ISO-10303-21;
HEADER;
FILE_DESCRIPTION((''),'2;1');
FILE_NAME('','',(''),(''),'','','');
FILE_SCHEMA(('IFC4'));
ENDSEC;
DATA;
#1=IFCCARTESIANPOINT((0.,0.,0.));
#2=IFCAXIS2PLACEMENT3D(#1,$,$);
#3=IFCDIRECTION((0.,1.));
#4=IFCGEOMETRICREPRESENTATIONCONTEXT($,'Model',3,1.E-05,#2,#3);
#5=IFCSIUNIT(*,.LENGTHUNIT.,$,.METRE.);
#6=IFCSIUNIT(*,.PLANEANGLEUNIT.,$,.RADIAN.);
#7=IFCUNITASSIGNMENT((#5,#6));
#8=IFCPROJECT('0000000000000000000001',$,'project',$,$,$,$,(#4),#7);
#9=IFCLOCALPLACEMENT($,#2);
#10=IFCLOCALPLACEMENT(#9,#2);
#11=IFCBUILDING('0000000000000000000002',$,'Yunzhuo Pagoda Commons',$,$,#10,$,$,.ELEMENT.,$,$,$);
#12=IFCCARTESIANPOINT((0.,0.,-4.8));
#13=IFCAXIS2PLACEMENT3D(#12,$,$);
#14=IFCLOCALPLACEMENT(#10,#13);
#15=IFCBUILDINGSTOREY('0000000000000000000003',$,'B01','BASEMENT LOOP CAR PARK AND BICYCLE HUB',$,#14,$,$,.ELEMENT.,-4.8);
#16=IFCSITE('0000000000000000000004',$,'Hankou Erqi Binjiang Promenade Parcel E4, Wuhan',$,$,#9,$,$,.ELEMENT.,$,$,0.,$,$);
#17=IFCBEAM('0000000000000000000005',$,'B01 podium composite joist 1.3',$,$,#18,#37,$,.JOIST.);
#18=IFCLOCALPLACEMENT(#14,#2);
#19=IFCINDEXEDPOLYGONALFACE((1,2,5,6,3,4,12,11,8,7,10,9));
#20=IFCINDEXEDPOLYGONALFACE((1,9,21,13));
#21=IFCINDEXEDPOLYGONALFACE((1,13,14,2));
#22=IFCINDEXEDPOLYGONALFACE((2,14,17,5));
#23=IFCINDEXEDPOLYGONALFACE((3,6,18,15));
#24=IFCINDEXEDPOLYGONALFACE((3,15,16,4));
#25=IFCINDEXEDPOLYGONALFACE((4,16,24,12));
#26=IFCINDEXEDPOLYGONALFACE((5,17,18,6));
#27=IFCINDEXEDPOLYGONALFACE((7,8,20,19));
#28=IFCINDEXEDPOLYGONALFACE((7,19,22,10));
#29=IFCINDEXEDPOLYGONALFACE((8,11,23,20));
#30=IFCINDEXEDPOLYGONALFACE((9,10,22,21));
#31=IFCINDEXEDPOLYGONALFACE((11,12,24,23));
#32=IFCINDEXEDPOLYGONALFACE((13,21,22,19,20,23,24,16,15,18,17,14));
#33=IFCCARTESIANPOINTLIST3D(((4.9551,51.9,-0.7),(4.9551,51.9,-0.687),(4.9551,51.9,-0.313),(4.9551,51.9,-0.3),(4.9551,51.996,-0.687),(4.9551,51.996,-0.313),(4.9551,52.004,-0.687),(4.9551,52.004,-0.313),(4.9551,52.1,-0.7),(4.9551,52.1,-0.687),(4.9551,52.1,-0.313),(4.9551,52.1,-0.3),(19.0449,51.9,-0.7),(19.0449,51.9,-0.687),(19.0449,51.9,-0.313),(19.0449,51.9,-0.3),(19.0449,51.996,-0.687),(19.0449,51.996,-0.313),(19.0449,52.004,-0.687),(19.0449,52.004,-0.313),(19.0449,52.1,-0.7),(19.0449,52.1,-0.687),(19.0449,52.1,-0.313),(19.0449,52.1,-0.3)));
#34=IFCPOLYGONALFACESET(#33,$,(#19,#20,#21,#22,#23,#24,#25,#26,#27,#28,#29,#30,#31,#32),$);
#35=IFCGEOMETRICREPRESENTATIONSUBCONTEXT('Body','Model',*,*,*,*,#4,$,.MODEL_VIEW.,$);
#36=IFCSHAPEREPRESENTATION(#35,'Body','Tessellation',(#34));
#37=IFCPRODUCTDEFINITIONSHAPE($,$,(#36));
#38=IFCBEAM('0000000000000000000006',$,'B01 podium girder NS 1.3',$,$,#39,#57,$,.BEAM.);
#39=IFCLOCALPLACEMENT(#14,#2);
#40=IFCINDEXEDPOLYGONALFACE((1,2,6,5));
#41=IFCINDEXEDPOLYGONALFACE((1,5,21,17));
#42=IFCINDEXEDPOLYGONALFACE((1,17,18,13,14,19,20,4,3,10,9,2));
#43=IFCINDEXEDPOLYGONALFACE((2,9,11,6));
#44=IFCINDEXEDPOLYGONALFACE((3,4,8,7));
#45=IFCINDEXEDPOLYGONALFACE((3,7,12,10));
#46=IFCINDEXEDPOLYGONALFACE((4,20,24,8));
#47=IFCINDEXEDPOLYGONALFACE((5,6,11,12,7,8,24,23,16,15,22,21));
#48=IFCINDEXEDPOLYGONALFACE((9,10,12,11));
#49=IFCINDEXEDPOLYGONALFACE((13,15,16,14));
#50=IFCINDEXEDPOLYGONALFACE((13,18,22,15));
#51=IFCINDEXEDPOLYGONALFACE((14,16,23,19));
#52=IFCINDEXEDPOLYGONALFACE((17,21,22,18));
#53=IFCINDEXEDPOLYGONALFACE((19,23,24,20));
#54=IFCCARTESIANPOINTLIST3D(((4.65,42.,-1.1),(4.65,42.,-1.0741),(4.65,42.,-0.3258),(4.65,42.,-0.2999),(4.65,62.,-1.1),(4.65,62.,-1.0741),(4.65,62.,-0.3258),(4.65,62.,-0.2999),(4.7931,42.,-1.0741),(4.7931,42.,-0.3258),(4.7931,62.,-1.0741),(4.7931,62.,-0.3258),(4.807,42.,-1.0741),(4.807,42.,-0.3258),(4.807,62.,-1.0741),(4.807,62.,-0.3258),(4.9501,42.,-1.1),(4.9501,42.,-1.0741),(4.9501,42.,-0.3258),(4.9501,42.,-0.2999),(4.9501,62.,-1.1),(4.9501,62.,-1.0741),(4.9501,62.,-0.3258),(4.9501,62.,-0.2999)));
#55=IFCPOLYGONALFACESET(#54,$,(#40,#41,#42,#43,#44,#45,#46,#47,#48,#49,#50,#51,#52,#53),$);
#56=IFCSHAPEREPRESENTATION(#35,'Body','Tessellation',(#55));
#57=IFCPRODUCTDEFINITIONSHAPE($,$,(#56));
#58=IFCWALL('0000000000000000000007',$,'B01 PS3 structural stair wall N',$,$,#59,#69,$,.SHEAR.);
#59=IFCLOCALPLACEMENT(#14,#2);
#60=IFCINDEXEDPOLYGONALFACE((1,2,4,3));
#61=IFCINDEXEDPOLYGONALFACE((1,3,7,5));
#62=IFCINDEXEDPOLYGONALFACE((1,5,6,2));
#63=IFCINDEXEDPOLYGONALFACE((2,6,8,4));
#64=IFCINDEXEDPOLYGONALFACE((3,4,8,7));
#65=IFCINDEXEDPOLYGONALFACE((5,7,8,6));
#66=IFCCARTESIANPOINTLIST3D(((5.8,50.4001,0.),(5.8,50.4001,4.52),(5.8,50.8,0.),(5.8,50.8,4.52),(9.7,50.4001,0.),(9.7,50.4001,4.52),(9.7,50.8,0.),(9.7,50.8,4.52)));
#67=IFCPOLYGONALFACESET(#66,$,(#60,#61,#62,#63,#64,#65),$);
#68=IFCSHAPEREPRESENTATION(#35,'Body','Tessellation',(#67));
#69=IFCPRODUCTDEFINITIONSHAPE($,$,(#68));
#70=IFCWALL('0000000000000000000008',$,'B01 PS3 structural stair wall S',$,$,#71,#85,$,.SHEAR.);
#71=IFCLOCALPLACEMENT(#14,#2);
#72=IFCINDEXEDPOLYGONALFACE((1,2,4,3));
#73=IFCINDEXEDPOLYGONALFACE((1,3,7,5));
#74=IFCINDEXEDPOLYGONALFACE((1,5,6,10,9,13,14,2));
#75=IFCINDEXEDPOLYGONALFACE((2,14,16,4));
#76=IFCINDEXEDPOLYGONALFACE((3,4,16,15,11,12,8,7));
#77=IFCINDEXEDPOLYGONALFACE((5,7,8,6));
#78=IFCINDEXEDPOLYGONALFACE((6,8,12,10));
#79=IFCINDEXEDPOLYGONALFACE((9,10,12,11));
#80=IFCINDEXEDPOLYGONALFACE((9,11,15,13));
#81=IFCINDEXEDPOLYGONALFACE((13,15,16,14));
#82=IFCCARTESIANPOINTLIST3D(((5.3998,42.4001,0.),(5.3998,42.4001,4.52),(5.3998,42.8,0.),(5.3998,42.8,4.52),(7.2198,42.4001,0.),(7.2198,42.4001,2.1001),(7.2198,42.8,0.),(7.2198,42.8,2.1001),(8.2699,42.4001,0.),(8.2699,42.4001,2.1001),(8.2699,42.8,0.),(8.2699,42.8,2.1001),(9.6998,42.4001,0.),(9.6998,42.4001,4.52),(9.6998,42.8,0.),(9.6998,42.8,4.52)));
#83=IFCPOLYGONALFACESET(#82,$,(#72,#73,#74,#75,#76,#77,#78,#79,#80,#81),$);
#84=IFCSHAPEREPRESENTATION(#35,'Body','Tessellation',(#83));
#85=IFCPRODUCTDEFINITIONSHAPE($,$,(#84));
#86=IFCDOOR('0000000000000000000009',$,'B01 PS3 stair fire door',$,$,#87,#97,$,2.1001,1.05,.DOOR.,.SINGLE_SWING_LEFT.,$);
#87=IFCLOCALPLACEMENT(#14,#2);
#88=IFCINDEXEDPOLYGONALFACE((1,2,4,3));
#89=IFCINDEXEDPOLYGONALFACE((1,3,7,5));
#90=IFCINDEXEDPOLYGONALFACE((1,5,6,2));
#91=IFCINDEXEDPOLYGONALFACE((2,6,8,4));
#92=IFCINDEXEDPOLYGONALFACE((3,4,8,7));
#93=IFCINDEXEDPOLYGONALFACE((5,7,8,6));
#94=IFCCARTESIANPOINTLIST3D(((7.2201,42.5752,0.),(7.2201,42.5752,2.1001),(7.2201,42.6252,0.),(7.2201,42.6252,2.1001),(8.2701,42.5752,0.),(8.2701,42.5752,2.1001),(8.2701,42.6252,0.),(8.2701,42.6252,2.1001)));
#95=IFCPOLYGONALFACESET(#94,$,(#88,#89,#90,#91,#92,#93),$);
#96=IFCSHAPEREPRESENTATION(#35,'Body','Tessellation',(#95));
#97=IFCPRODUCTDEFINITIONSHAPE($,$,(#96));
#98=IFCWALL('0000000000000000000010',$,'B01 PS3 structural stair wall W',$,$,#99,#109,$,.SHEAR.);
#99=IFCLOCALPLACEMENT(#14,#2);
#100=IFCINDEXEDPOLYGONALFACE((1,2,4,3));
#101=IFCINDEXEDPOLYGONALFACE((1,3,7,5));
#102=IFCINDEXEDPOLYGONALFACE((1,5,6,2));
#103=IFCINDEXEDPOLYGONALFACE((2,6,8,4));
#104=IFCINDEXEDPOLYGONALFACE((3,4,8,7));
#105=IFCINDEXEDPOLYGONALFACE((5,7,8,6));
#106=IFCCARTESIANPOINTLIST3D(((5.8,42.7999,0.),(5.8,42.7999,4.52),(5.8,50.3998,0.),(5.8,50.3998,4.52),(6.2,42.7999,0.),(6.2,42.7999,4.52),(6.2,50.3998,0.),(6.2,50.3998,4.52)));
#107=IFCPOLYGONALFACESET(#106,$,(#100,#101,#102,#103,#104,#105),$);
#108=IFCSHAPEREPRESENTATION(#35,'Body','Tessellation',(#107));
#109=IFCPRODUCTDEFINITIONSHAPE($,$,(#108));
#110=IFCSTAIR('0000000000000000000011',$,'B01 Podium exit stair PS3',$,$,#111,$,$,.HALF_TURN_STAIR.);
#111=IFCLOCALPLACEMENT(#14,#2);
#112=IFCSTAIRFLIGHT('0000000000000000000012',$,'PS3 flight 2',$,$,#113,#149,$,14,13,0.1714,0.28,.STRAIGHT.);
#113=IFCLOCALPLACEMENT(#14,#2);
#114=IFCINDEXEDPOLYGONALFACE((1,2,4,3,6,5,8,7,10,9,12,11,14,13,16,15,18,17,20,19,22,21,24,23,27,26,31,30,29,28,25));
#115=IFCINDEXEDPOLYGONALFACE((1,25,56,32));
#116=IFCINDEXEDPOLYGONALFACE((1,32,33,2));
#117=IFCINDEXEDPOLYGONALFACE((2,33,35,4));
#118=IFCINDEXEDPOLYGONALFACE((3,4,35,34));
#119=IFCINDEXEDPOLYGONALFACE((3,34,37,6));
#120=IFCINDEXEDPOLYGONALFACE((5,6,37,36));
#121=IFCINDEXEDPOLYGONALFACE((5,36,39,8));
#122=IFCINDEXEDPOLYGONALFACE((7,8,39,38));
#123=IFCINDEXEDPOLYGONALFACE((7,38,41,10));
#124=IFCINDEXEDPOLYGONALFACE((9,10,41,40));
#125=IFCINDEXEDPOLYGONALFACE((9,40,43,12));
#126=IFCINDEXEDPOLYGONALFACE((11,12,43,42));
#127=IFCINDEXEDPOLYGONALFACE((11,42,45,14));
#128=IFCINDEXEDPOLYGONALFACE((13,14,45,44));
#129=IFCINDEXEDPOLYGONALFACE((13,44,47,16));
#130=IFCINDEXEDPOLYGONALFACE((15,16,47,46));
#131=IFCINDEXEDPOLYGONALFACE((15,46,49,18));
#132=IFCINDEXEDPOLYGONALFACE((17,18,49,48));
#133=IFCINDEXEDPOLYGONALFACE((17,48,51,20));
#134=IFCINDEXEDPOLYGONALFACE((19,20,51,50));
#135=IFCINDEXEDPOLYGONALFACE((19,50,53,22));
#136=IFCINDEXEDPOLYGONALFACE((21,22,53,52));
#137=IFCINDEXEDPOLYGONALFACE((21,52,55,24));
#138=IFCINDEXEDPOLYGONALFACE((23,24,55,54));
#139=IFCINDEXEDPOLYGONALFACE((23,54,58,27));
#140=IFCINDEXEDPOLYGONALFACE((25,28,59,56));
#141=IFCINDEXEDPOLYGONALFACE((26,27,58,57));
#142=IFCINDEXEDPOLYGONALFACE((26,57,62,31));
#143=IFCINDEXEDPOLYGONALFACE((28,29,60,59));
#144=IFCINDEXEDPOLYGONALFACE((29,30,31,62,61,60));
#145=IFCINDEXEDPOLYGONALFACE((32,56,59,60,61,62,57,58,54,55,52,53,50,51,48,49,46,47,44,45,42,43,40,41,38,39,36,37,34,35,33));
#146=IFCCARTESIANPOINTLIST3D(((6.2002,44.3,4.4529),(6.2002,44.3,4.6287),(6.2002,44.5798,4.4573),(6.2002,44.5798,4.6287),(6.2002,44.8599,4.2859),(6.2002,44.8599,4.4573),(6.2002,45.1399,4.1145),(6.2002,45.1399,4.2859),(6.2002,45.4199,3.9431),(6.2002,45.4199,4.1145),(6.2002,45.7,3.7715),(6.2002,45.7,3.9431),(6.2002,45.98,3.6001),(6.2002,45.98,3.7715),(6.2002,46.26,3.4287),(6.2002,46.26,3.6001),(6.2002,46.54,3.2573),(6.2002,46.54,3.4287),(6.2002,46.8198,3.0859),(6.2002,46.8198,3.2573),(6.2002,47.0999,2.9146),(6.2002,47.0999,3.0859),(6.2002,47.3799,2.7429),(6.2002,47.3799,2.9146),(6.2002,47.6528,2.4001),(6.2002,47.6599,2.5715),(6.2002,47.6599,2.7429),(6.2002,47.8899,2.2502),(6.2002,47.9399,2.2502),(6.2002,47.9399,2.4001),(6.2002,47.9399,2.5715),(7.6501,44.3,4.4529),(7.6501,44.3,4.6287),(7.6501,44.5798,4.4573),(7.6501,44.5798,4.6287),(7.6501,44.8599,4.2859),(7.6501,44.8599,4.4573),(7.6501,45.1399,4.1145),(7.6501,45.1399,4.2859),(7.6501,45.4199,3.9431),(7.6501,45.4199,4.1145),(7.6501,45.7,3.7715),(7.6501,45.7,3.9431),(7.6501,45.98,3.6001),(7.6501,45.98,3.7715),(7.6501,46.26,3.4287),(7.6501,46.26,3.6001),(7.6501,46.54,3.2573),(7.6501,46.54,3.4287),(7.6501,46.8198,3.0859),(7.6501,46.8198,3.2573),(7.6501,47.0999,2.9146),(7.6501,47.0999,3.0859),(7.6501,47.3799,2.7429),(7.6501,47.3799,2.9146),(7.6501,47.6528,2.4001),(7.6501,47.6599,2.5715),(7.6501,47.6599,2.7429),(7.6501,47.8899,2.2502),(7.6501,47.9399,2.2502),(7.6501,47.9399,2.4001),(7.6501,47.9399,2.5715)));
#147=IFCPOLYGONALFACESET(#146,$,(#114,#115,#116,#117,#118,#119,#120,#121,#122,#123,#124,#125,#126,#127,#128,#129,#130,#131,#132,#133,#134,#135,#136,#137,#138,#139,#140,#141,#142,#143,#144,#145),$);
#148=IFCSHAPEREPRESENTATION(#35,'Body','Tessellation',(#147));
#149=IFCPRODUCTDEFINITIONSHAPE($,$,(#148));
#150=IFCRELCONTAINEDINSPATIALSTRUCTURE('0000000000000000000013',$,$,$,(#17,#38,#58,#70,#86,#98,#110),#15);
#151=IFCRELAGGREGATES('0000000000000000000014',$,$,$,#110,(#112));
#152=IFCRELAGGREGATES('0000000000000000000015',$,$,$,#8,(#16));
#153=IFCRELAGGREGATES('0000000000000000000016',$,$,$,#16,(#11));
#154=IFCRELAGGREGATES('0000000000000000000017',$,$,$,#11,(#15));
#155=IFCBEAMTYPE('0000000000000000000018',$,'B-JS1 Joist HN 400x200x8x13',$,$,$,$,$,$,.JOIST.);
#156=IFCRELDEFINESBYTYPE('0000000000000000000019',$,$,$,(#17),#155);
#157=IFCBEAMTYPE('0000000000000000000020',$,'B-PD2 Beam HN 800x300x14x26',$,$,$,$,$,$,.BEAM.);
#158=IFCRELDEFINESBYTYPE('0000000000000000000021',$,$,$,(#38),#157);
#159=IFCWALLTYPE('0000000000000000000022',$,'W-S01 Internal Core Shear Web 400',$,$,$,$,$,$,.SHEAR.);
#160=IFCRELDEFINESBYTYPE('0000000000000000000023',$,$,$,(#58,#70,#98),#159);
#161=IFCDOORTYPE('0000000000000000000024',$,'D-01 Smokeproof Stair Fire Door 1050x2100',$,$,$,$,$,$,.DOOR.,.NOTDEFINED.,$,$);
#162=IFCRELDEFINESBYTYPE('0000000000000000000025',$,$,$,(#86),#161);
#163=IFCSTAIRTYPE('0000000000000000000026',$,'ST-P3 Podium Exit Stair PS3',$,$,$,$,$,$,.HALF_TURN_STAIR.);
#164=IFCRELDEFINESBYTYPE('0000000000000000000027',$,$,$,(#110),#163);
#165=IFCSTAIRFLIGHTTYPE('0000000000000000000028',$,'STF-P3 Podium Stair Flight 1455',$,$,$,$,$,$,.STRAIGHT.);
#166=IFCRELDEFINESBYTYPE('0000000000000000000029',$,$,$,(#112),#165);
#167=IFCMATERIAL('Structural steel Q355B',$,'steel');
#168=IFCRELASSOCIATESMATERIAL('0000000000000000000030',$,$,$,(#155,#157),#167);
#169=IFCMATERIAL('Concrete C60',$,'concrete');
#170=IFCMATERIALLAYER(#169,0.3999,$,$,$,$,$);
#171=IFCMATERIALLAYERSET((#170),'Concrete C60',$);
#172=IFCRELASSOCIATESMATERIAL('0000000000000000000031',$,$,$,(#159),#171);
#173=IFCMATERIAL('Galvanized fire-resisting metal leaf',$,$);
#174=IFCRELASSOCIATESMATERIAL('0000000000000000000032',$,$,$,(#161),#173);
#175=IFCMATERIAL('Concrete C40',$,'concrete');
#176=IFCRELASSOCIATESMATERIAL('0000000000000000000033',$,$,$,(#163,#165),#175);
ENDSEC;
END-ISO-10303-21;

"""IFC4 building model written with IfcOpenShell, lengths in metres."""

from ifc_helpers import new_model, si_unit, direction, frame, frame_2d, origin, origin_2d, place, context, subcontext, project, spatial, polyline, rectangle, i_section, outline, extrude, source, transform, mapped, material, layer, layer_set, material_profile, profile_set, type_object, element, fill, aggregate, save


model = new_model("IFC4")

# Units and contexts
model_context = context("Model", 3, precision=1e-05, world=origin(), true_north=direction((0.0, 1.0)))
body_context = subcontext(model_context, "Body", "Model", "MODEL_VIEW")
ifc_project = project(units=[si_unit("LENGTHUNIT", "METRE"), si_unit("PLANEANGLEUNIT", "RADIAN")], contexts=[model_context])

# Site, building, storey
site_placement = place(None, origin())
site = spatial("IfcSite", under=ifc_project, at=site_placement, Name="Hankou Erqi Binjiang Promenade Parcel E4, Wuhan", CompositionType="ELEMENT", RefElevation=0.0)
building_placement = place(site_placement, origin())
building = spatial("IfcBuilding", under=site, at=building_placement, Name="Yunzhuo Pagoda Commons", CompositionType="ELEMENT")
storey_placement = place(building_placement, frame((0.0, 0.0, -4.8)))
storey = spatial("IfcBuildingStorey", under=building, at=storey_placement, Name="B01", Description="BASEMENT LOOP CAR PARK AND BICYCLE HUB", CompositionType="ELEMENT", Elevation=-4.8)

# Shared definitions
ifc_material_1 = material(Name="Concrete C40", Category="concrete")

# Beams
ifc_material_2 = material(Name="Structural steel Q355B", Category="steel")
ifc_material_profile_1 = material_profile(ifc_material_2, i_section(OverallWidth=0.2, OverallDepth=0.3999, WebThickness=0.0081, FlangeThickness=0.0129, at=origin_2d()), Name="Structural steel Q355B")
ifc_profile_set_1 = profile_set([ifc_material_profile_1], Name="Structural steel Q355B")
beam_type_1 = type_object("IfcBeamType", Name="B-JS1 Joist HN 400x200x8x13", PredefinedType="JOIST", material=ifc_profile_set_1)
shared_shape_1 = source(origin(), body_context, "Body", "SweptSolid", [
    extrude(i_section(OverallWidth=0.2, OverallDepth=0.3999, WebThickness=0.0081, FlangeThickness=0.0129, at=origin_2d()), origin(), (0.0, 0.0, 1.0), 14.0898),
])
beam_1_placement = place(storey_placement, frame((4.9551, 52.0, -0.5), z_axis=(1.0, 0.0, 0.0), x_axis=(0.0, 1.0, 0.0)))
element("IfcBeam", 1, at=beam_1_placement, inside=storey, type_object=beam_type_1, Name="B01 podium composite joist 1.3", PredefinedType="JOIST", context=body_context, shape_type="MappedRepresentation", body=[
    mapped(shared_shape_1, transform((0.0, 0.0, 0.0), scale=1.0)),
])
ifc_material_profile_2 = material_profile(ifc_material_2, i_section(OverallWidth=0.3, OverallDepth=0.8, WebThickness=0.0139, FlangeThickness=0.0259, at=origin_2d()), Name="Structural steel Q355B")
ifc_profile_set_2 = profile_set([ifc_material_profile_2], Name="Structural steel Q355B")
beam_type_2 = type_object("IfcBeamType", Name="B-PD2 Beam HN 800x300x14x26", PredefinedType="BEAM", material=ifc_profile_set_2)
shared_shape_2 = source(origin(), body_context, "Body", "SweptSolid", [
    extrude(i_section(OverallWidth=0.3, OverallDepth=0.8, WebThickness=0.0139, FlangeThickness=0.0259, at=origin_2d()), origin(), (0.0, 0.0, 1.0), 20.0),
])
beam_2_placement = place(storey_placement, frame((4.8, 42.0, -0.7), z_axis=(0.0, 1.0, 0.0), x_axis=(-1.0, 0.0, 0.0)))
element("IfcBeam", 2, at=beam_2_placement, inside=storey, type_object=beam_type_2, Name="B01 podium girder NS 1.3", PredefinedType="BEAM", context=body_context, shape_type="MappedRepresentation", body=[
    mapped(shared_shape_2, transform((0.0, 0.0, 0.0), scale=1.0)),
])

# Wall
ifc_material_3 = material(Name="Concrete C60", Category="concrete")
ifc_layer_1 = layer(ifc_material_3, 0.3999)
ifc_layer_set_1 = layer_set([ifc_layer_1], Name="Concrete C60")
wall_type = type_object("IfcWallType", Name="W-S01 Internal Core Shear Web 400", PredefinedType="SHEAR", material=ifc_layer_set_1)
wall_1_placement = place(storey_placement, frame((5.8, 50.6001, 0.0), z_axis=(0.0, 0.0, 1.0), x_axis=(1.0, 0.0, 0.0)))
element("IfcWall", 3, at=wall_1_placement, inside=storey, type_object=wall_type, Name="B01 PS3 structural stair wall N", PredefinedType="SHEAR", context=body_context, shape_type="SweptSolid", body=[
    extrude(rectangle(XDim=3.8999, YDim=0.3999, at=frame_2d((1.95, 0.0))), origin(), (0.0, 0.0, 1.0), 4.52),
])

# Wall, opening, door
wall_2_placement = place(storey_placement, frame((5.3999, 42.6001, 0.0), z_axis=(0.0, 0.0, 1.0), x_axis=(1.0, 0.0, 0.0)))
wall_2 = element("IfcWall", 4, at=wall_2_placement, inside=storey, type_object=wall_type, Name="B01 PS3 structural stair wall S", PredefinedType="SHEAR", context=body_context, shape_type="SweptSolid", body=[
    extrude(rectangle(XDim=4.3, YDim=0.3999, at=frame_2d((2.1499, 0.0))), origin(), (0.0, 0.0, 1.0), 4.52),
])
opening_placement = place(wall_2_placement, frame((1.8201, 0.0, 0.0)))
opening = element("IfcOpeningElement", 5, at=opening_placement, cuts=wall_2, PredefinedType="OPENING", context=body_context, shape_type="SweptSolid", body=[
    extrude(rectangle(XDim=1.05, YDim=2.1001, at=frame_2d((0.5249, 1.05))), frame((0.0, 0.21, 0.0), z_axis=(0.0, -1.0, 0.0), x_axis=(1.0, 0.0, 0.0)), (0.0, 0.0, 1.0), 0.4199),
])
ifc_material_4 = material(Name="Galvanized fire-resisting metal leaf")
door_type = type_object("IfcDoorType", Name="D-01 Smokeproof Stair Fire Door 1050x2100", OperationType="NOTDEFINED", PredefinedType="DOOR", material=ifc_material_4)
shared_shape_3 = source(origin(), body_context, "Body", "SweptSolid", [
    extrude(rectangle(XDim=1.05, YDim=2.1001, at=frame_2d((0.5249, 1.05))), frame((0.0, 0.0249, 0.0), z_axis=(0.0, -1.0, 0.0), x_axis=(1.0, 0.0, 0.0)), (0.0, 0.0, 1.0), 0.05),
])
door_placement = place(opening_placement, frame((1.05, 0.0, 0.0), z_axis=(0.0, 0.0, 1.0), x_axis=(-1.0, 0.0, 0.0)))
door = element("IfcDoor", 6, at=door_placement, inside=storey, type_object=door_type, Name="B01 PS3 stair fire door", OperationType="SINGLE_SWING_LEFT", OverallHeight=2.1001, OverallWidth=1.05, PredefinedType="DOOR", context=body_context, shape_type="MappedRepresentation", body=[
    mapped(shared_shape_3, transform((0.0, 0.0, 0.0), scale=1.0)),
])
fill(opening, door)

# Wall
wall_3_placement = place(storey_placement, frame((6.0, 42.8, 0.0), z_axis=(0.0, 0.0, 1.0), x_axis=(0.0, 1.0, 0.0)))
element("IfcWall", 7, at=wall_3_placement, inside=storey, type_object=wall_type, Name="B01 PS3 structural stair wall W", PredefinedType="SHEAR", context=body_context, shape_type="SweptSolid", body=[
    extrude(rectangle(XDim=7.5999, YDim=0.3999, at=frame_2d((3.7998, 0.0))), origin(), (0.0, 0.0, 1.0), 4.52),
])

# Stair, stair flight
stair_type = type_object("IfcStairType", Name="ST-P3 Podium Exit Stair PS3", PredefinedType="HALF_TURN_STAIR", material=ifc_material_1)
stair_placement = place(storey_placement, origin())
stair = element("IfcStair", 8, at=stair_placement, inside=storey, type_object=stair_type, Name="B01 Podium exit stair PS3", PredefinedType="HALF_TURN_STAIR")
stair_flight_type = type_object("IfcStairFlightType", Name="STF-P3 Podium Stair Flight 1455", PredefinedType="STRAIGHT", material=ifc_material_1)
shared_shape_4 = source(origin(), body_context, "Body", "SweptSolid", [
    extrude(outline(polyline([(0.0, -0.1499), (0.0, 0.0), (0.0, 0.1714), (0.28, 0.1714), (0.28, 0.3428), (0.5601, 0.3428), (0.5601, 0.5144), (0.8401, 0.5144), (0.8401, 0.6858), (1.1201, 0.6858), (1.1201, 0.8572), (1.3999, 0.8572), (1.3999, 1.0286), (1.6799, 1.0286), (1.6799, 1.2), (1.96, 1.2), (1.96, 1.3713), (2.24, 1.3713), (2.24, 1.543), (2.52, 1.543), (2.52, 1.7144), (2.8, 1.7144), (2.8, 1.8857), (3.0801, 1.8857), (3.0801, 2.0571), (3.3601, 2.0571), (3.3601, 2.2285), (3.6399, 2.2285), (3.6399, 2.3999), (3.6399, 2.0527), (0.2871, 0.0), (0.05, -0.1499), (0.0, -0.1499)])), frame((0.0, 0.7251, 0.0), z_axis=(0.0, -1.0, 0.0), x_axis=(1.0, 0.0, 0.0)), (0.0, 0.0, 1.0), 1.45),
])
stair_flight_placement = place(storey_placement, frame((6.925, 47.9399, 2.4001), z_axis=(0.0, 0.0, 1.0), x_axis=(0.0, -1.0, 0.0)))
stair_flight = element("IfcStairFlight", 9, at=stair_flight_placement, type_object=stair_flight_type, Name="PS3 flight 2", NumberOfRisers=14, NumberOfTreads=13, PredefinedType="STRAIGHT", RiserHeight=0.1714, TreadLength=0.28, context=body_context, shape_type="MappedRepresentation", body=[
    mapped(shared_shape_4, transform((0.0, 0.0, 0.0), scale=1.0)),
])
aggregate(stair, [stair_flight])

save(model, "model.ifc")
